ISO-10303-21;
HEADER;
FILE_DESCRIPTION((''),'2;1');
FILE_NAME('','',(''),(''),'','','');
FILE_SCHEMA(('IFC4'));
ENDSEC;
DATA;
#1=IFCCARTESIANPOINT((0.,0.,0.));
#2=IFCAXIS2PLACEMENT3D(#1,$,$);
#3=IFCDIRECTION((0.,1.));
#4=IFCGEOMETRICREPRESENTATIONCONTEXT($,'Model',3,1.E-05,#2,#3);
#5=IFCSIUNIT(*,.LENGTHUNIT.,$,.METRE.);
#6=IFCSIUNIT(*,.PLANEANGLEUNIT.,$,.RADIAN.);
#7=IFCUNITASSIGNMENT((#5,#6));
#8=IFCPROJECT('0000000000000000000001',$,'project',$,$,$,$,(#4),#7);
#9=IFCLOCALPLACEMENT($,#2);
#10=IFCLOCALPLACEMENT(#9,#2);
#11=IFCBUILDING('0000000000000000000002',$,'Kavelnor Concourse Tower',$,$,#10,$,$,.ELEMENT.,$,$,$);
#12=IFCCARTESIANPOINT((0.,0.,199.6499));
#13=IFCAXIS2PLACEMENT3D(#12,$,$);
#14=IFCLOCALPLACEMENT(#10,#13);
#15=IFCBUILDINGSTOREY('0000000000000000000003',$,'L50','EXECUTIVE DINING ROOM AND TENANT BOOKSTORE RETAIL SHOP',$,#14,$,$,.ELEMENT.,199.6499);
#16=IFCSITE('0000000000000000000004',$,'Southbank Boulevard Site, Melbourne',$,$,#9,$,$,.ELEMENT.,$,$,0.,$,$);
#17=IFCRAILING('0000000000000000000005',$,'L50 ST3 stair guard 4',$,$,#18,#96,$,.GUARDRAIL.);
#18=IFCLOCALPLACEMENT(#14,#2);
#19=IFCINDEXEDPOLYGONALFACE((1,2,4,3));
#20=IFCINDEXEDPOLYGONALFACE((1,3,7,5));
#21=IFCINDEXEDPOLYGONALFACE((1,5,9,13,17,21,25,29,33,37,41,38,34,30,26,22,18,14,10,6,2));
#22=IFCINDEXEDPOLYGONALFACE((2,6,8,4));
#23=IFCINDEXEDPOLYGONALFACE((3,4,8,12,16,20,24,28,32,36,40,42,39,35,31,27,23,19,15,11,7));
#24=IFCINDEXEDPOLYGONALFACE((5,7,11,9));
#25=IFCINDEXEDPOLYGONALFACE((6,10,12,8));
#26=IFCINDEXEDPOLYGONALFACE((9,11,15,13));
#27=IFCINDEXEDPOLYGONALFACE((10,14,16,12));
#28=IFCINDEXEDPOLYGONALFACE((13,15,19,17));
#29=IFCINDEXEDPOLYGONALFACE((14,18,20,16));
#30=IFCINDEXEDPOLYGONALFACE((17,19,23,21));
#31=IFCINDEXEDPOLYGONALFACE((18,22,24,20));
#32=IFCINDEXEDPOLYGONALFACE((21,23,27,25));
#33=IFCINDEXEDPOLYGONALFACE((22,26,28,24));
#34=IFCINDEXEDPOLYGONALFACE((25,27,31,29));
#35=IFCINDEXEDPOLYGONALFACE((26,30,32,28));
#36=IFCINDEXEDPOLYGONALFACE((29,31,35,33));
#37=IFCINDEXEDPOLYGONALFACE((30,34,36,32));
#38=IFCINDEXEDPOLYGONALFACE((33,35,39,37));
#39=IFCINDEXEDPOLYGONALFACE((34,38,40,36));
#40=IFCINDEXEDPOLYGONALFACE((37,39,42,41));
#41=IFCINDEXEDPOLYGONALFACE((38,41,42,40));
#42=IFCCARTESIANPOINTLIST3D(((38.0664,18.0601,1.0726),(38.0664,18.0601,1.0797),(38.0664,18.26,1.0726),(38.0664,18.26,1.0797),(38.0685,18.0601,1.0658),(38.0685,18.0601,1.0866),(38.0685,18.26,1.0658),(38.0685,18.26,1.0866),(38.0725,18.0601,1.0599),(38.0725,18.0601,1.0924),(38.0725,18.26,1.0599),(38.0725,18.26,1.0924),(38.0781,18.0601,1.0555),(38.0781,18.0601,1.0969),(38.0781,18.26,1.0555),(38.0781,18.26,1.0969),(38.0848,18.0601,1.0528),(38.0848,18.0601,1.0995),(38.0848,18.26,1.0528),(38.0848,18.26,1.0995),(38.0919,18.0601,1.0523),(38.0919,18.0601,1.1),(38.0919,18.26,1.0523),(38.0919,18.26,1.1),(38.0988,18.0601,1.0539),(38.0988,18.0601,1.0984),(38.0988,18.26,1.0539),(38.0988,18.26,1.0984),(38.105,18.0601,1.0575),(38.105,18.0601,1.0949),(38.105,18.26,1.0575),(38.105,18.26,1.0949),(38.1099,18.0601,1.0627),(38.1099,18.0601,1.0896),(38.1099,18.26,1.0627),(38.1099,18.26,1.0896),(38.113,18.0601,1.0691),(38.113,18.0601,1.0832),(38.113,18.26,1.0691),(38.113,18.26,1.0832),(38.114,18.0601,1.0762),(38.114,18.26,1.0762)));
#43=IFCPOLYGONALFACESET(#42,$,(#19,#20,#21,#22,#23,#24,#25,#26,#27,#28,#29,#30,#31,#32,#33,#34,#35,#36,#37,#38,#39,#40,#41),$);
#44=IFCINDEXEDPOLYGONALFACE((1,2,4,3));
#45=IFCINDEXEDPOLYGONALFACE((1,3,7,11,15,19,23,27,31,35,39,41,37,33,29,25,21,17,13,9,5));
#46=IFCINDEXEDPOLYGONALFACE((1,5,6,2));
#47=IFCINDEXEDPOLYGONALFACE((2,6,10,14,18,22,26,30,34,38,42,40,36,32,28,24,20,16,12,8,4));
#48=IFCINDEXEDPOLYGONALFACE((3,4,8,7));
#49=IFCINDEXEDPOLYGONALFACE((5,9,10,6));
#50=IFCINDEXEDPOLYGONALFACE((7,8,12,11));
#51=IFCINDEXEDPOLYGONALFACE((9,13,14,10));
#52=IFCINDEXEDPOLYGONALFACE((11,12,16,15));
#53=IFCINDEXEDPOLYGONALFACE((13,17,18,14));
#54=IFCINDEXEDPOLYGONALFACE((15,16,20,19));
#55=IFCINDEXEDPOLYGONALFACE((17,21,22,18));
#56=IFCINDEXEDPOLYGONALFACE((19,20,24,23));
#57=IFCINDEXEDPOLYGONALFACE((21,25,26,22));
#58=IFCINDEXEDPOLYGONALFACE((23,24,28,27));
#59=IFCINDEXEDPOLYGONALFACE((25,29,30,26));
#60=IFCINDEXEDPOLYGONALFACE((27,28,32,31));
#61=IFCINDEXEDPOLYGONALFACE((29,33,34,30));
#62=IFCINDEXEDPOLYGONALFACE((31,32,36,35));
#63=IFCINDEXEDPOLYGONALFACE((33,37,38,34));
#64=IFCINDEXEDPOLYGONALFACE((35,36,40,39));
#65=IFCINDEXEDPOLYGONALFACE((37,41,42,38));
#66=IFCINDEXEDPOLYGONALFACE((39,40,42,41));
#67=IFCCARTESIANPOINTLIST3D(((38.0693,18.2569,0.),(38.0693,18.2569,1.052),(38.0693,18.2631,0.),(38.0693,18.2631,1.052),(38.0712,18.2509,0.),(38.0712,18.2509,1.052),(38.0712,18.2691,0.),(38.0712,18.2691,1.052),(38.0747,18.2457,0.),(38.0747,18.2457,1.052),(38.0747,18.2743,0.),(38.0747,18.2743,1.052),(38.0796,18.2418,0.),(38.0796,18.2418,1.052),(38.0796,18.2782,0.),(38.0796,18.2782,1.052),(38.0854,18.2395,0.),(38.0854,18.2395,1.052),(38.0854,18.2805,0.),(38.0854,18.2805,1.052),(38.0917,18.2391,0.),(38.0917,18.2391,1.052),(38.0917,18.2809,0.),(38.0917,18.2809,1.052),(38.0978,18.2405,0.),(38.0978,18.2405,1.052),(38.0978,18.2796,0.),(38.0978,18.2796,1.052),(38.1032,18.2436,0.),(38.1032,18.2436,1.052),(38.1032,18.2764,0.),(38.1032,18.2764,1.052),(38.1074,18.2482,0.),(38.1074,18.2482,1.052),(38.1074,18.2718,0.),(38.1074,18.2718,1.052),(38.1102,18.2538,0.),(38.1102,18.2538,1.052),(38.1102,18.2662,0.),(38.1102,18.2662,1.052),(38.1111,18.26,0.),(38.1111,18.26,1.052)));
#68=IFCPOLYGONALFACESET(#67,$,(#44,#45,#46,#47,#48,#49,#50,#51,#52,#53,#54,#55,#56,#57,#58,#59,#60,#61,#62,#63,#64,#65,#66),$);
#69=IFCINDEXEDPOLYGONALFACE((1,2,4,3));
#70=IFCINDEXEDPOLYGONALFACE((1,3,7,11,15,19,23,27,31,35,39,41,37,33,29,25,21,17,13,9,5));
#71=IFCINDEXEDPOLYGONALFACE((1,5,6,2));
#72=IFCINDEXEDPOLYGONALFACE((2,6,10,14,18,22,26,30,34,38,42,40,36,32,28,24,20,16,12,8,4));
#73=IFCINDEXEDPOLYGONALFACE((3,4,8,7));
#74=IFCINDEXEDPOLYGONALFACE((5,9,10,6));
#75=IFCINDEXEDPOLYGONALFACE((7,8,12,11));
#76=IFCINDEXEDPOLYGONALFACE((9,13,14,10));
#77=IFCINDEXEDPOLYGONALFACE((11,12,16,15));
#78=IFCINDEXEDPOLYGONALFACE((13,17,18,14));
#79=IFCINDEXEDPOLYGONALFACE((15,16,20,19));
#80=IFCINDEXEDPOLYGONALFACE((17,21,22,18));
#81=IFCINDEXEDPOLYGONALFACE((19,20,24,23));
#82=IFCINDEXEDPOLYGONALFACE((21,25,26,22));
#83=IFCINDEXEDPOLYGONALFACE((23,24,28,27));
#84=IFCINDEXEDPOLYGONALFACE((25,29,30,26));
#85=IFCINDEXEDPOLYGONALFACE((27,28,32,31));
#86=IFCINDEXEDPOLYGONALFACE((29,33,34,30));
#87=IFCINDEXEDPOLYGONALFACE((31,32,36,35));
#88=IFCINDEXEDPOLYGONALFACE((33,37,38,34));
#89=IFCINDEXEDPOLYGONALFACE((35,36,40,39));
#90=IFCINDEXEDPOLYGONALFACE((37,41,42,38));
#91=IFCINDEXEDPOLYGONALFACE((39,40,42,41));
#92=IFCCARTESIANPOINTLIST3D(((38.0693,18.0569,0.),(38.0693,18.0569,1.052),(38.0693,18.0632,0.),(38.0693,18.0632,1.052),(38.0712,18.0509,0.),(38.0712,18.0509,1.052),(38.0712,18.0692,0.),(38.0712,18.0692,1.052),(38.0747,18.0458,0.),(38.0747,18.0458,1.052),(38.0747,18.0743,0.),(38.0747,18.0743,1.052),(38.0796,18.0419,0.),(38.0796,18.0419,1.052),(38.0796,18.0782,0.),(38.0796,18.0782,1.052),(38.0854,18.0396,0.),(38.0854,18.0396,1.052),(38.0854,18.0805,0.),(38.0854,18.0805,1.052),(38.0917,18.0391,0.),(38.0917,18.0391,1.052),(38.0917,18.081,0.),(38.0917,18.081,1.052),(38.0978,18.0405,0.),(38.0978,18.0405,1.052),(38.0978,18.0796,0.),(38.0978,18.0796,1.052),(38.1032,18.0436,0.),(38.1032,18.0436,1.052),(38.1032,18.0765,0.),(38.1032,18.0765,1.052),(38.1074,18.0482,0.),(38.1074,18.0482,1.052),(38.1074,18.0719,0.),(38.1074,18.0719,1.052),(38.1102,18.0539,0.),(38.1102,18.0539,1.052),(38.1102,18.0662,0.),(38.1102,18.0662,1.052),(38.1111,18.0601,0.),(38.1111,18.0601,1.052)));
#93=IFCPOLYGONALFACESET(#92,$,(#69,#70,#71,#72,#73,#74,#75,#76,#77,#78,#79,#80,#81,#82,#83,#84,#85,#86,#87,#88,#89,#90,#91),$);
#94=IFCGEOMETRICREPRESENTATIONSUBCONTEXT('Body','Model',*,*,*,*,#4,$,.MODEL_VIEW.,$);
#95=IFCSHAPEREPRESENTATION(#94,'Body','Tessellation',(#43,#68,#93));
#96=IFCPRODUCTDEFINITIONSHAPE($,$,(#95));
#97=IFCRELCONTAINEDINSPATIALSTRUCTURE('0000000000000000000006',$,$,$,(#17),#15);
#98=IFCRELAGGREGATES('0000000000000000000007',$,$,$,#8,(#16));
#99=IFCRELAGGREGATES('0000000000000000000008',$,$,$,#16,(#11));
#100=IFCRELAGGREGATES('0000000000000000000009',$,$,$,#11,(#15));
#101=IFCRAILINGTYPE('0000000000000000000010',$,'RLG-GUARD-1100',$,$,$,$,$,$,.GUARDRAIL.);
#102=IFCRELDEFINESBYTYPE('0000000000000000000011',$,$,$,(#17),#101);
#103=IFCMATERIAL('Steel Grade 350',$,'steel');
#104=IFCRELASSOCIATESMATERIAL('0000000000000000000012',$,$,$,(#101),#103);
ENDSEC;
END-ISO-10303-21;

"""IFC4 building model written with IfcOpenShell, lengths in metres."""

from ifc_helpers import new_model, si_unit, direction, frame, origin, origin_2d, place, context, subcontext, project, spatial, circle, extrude, material, type_object, element, save


model = new_model("IFC4")

# Units and contexts
model_context = context("Model", 3, precision=1e-05, world=origin(), true_north=direction((0.0, 1.0)))
body_context = subcontext(model_context, "Body", "Model", "MODEL_VIEW")
ifc_project = project(units=[si_unit("LENGTHUNIT", "METRE"), si_unit("PLANEANGLEUNIT", "RADIAN")], contexts=[model_context])

# Site, building, storey
site_placement = place(None, origin())
site = spatial("IfcSite", under=ifc_project, at=site_placement, Name="Southbank Boulevard Site, Melbourne", CompositionType="ELEMENT", RefElevation=0.0)
building_placement = place(site_placement, origin())
building = spatial("IfcBuilding", under=site, at=building_placement, Name="Kavelnor Concourse Tower", CompositionType="ELEMENT")
storey_placement = place(building_placement, frame((0.0, 0.0, 199.6499)))
storey = spatial("IfcBuildingStorey", under=building, at=storey_placement, Name="L50", Description="EXECUTIVE DINING ROOM AND TENANT BOOKSTORE RETAIL SHOP", CompositionType="ELEMENT", Elevation=199.6499)

# Shared definitions
ifc_material_1 = material(Name="Steel Grade 350", Category="steel")

# Railing
railing_type_1 = type_object("IfcRailingType", Name="RLG-GUARD-1100", PredefinedType="GUARDRAIL", material=ifc_material_1)
railing_1_placement = place(storey_placement, frame((38.0901, 18.26, 0.0)))
element("IfcRailing", 1, at=railing_1_placement, inside=storey, type_object=railing_type_1, Name="L50 ST3 stair guard 4", PredefinedType="GUARDRAIL", context=body_context, shape_type="SweptSolid", body=[
    extrude(circle(Radius=0.0239, at=origin_2d()), frame((0.0, 0.0, 1.0762), z_axis=(0.0, -1.0, 0.0), x_axis=(1.0, 0.0, 0.0)), (0.0, 0.0, 1.0), 0.2),
    extrude(circle(Radius=0.021, at=origin_2d()), origin(), (0.0, 0.0, 1.0), 1.052),
    extrude(circle(Radius=0.021, at=origin_2d()), frame((0.0, -0.2, 0.0)), (0.0, 0.0, 1.0), 1.052),
])

save(model, "model.ifc")
